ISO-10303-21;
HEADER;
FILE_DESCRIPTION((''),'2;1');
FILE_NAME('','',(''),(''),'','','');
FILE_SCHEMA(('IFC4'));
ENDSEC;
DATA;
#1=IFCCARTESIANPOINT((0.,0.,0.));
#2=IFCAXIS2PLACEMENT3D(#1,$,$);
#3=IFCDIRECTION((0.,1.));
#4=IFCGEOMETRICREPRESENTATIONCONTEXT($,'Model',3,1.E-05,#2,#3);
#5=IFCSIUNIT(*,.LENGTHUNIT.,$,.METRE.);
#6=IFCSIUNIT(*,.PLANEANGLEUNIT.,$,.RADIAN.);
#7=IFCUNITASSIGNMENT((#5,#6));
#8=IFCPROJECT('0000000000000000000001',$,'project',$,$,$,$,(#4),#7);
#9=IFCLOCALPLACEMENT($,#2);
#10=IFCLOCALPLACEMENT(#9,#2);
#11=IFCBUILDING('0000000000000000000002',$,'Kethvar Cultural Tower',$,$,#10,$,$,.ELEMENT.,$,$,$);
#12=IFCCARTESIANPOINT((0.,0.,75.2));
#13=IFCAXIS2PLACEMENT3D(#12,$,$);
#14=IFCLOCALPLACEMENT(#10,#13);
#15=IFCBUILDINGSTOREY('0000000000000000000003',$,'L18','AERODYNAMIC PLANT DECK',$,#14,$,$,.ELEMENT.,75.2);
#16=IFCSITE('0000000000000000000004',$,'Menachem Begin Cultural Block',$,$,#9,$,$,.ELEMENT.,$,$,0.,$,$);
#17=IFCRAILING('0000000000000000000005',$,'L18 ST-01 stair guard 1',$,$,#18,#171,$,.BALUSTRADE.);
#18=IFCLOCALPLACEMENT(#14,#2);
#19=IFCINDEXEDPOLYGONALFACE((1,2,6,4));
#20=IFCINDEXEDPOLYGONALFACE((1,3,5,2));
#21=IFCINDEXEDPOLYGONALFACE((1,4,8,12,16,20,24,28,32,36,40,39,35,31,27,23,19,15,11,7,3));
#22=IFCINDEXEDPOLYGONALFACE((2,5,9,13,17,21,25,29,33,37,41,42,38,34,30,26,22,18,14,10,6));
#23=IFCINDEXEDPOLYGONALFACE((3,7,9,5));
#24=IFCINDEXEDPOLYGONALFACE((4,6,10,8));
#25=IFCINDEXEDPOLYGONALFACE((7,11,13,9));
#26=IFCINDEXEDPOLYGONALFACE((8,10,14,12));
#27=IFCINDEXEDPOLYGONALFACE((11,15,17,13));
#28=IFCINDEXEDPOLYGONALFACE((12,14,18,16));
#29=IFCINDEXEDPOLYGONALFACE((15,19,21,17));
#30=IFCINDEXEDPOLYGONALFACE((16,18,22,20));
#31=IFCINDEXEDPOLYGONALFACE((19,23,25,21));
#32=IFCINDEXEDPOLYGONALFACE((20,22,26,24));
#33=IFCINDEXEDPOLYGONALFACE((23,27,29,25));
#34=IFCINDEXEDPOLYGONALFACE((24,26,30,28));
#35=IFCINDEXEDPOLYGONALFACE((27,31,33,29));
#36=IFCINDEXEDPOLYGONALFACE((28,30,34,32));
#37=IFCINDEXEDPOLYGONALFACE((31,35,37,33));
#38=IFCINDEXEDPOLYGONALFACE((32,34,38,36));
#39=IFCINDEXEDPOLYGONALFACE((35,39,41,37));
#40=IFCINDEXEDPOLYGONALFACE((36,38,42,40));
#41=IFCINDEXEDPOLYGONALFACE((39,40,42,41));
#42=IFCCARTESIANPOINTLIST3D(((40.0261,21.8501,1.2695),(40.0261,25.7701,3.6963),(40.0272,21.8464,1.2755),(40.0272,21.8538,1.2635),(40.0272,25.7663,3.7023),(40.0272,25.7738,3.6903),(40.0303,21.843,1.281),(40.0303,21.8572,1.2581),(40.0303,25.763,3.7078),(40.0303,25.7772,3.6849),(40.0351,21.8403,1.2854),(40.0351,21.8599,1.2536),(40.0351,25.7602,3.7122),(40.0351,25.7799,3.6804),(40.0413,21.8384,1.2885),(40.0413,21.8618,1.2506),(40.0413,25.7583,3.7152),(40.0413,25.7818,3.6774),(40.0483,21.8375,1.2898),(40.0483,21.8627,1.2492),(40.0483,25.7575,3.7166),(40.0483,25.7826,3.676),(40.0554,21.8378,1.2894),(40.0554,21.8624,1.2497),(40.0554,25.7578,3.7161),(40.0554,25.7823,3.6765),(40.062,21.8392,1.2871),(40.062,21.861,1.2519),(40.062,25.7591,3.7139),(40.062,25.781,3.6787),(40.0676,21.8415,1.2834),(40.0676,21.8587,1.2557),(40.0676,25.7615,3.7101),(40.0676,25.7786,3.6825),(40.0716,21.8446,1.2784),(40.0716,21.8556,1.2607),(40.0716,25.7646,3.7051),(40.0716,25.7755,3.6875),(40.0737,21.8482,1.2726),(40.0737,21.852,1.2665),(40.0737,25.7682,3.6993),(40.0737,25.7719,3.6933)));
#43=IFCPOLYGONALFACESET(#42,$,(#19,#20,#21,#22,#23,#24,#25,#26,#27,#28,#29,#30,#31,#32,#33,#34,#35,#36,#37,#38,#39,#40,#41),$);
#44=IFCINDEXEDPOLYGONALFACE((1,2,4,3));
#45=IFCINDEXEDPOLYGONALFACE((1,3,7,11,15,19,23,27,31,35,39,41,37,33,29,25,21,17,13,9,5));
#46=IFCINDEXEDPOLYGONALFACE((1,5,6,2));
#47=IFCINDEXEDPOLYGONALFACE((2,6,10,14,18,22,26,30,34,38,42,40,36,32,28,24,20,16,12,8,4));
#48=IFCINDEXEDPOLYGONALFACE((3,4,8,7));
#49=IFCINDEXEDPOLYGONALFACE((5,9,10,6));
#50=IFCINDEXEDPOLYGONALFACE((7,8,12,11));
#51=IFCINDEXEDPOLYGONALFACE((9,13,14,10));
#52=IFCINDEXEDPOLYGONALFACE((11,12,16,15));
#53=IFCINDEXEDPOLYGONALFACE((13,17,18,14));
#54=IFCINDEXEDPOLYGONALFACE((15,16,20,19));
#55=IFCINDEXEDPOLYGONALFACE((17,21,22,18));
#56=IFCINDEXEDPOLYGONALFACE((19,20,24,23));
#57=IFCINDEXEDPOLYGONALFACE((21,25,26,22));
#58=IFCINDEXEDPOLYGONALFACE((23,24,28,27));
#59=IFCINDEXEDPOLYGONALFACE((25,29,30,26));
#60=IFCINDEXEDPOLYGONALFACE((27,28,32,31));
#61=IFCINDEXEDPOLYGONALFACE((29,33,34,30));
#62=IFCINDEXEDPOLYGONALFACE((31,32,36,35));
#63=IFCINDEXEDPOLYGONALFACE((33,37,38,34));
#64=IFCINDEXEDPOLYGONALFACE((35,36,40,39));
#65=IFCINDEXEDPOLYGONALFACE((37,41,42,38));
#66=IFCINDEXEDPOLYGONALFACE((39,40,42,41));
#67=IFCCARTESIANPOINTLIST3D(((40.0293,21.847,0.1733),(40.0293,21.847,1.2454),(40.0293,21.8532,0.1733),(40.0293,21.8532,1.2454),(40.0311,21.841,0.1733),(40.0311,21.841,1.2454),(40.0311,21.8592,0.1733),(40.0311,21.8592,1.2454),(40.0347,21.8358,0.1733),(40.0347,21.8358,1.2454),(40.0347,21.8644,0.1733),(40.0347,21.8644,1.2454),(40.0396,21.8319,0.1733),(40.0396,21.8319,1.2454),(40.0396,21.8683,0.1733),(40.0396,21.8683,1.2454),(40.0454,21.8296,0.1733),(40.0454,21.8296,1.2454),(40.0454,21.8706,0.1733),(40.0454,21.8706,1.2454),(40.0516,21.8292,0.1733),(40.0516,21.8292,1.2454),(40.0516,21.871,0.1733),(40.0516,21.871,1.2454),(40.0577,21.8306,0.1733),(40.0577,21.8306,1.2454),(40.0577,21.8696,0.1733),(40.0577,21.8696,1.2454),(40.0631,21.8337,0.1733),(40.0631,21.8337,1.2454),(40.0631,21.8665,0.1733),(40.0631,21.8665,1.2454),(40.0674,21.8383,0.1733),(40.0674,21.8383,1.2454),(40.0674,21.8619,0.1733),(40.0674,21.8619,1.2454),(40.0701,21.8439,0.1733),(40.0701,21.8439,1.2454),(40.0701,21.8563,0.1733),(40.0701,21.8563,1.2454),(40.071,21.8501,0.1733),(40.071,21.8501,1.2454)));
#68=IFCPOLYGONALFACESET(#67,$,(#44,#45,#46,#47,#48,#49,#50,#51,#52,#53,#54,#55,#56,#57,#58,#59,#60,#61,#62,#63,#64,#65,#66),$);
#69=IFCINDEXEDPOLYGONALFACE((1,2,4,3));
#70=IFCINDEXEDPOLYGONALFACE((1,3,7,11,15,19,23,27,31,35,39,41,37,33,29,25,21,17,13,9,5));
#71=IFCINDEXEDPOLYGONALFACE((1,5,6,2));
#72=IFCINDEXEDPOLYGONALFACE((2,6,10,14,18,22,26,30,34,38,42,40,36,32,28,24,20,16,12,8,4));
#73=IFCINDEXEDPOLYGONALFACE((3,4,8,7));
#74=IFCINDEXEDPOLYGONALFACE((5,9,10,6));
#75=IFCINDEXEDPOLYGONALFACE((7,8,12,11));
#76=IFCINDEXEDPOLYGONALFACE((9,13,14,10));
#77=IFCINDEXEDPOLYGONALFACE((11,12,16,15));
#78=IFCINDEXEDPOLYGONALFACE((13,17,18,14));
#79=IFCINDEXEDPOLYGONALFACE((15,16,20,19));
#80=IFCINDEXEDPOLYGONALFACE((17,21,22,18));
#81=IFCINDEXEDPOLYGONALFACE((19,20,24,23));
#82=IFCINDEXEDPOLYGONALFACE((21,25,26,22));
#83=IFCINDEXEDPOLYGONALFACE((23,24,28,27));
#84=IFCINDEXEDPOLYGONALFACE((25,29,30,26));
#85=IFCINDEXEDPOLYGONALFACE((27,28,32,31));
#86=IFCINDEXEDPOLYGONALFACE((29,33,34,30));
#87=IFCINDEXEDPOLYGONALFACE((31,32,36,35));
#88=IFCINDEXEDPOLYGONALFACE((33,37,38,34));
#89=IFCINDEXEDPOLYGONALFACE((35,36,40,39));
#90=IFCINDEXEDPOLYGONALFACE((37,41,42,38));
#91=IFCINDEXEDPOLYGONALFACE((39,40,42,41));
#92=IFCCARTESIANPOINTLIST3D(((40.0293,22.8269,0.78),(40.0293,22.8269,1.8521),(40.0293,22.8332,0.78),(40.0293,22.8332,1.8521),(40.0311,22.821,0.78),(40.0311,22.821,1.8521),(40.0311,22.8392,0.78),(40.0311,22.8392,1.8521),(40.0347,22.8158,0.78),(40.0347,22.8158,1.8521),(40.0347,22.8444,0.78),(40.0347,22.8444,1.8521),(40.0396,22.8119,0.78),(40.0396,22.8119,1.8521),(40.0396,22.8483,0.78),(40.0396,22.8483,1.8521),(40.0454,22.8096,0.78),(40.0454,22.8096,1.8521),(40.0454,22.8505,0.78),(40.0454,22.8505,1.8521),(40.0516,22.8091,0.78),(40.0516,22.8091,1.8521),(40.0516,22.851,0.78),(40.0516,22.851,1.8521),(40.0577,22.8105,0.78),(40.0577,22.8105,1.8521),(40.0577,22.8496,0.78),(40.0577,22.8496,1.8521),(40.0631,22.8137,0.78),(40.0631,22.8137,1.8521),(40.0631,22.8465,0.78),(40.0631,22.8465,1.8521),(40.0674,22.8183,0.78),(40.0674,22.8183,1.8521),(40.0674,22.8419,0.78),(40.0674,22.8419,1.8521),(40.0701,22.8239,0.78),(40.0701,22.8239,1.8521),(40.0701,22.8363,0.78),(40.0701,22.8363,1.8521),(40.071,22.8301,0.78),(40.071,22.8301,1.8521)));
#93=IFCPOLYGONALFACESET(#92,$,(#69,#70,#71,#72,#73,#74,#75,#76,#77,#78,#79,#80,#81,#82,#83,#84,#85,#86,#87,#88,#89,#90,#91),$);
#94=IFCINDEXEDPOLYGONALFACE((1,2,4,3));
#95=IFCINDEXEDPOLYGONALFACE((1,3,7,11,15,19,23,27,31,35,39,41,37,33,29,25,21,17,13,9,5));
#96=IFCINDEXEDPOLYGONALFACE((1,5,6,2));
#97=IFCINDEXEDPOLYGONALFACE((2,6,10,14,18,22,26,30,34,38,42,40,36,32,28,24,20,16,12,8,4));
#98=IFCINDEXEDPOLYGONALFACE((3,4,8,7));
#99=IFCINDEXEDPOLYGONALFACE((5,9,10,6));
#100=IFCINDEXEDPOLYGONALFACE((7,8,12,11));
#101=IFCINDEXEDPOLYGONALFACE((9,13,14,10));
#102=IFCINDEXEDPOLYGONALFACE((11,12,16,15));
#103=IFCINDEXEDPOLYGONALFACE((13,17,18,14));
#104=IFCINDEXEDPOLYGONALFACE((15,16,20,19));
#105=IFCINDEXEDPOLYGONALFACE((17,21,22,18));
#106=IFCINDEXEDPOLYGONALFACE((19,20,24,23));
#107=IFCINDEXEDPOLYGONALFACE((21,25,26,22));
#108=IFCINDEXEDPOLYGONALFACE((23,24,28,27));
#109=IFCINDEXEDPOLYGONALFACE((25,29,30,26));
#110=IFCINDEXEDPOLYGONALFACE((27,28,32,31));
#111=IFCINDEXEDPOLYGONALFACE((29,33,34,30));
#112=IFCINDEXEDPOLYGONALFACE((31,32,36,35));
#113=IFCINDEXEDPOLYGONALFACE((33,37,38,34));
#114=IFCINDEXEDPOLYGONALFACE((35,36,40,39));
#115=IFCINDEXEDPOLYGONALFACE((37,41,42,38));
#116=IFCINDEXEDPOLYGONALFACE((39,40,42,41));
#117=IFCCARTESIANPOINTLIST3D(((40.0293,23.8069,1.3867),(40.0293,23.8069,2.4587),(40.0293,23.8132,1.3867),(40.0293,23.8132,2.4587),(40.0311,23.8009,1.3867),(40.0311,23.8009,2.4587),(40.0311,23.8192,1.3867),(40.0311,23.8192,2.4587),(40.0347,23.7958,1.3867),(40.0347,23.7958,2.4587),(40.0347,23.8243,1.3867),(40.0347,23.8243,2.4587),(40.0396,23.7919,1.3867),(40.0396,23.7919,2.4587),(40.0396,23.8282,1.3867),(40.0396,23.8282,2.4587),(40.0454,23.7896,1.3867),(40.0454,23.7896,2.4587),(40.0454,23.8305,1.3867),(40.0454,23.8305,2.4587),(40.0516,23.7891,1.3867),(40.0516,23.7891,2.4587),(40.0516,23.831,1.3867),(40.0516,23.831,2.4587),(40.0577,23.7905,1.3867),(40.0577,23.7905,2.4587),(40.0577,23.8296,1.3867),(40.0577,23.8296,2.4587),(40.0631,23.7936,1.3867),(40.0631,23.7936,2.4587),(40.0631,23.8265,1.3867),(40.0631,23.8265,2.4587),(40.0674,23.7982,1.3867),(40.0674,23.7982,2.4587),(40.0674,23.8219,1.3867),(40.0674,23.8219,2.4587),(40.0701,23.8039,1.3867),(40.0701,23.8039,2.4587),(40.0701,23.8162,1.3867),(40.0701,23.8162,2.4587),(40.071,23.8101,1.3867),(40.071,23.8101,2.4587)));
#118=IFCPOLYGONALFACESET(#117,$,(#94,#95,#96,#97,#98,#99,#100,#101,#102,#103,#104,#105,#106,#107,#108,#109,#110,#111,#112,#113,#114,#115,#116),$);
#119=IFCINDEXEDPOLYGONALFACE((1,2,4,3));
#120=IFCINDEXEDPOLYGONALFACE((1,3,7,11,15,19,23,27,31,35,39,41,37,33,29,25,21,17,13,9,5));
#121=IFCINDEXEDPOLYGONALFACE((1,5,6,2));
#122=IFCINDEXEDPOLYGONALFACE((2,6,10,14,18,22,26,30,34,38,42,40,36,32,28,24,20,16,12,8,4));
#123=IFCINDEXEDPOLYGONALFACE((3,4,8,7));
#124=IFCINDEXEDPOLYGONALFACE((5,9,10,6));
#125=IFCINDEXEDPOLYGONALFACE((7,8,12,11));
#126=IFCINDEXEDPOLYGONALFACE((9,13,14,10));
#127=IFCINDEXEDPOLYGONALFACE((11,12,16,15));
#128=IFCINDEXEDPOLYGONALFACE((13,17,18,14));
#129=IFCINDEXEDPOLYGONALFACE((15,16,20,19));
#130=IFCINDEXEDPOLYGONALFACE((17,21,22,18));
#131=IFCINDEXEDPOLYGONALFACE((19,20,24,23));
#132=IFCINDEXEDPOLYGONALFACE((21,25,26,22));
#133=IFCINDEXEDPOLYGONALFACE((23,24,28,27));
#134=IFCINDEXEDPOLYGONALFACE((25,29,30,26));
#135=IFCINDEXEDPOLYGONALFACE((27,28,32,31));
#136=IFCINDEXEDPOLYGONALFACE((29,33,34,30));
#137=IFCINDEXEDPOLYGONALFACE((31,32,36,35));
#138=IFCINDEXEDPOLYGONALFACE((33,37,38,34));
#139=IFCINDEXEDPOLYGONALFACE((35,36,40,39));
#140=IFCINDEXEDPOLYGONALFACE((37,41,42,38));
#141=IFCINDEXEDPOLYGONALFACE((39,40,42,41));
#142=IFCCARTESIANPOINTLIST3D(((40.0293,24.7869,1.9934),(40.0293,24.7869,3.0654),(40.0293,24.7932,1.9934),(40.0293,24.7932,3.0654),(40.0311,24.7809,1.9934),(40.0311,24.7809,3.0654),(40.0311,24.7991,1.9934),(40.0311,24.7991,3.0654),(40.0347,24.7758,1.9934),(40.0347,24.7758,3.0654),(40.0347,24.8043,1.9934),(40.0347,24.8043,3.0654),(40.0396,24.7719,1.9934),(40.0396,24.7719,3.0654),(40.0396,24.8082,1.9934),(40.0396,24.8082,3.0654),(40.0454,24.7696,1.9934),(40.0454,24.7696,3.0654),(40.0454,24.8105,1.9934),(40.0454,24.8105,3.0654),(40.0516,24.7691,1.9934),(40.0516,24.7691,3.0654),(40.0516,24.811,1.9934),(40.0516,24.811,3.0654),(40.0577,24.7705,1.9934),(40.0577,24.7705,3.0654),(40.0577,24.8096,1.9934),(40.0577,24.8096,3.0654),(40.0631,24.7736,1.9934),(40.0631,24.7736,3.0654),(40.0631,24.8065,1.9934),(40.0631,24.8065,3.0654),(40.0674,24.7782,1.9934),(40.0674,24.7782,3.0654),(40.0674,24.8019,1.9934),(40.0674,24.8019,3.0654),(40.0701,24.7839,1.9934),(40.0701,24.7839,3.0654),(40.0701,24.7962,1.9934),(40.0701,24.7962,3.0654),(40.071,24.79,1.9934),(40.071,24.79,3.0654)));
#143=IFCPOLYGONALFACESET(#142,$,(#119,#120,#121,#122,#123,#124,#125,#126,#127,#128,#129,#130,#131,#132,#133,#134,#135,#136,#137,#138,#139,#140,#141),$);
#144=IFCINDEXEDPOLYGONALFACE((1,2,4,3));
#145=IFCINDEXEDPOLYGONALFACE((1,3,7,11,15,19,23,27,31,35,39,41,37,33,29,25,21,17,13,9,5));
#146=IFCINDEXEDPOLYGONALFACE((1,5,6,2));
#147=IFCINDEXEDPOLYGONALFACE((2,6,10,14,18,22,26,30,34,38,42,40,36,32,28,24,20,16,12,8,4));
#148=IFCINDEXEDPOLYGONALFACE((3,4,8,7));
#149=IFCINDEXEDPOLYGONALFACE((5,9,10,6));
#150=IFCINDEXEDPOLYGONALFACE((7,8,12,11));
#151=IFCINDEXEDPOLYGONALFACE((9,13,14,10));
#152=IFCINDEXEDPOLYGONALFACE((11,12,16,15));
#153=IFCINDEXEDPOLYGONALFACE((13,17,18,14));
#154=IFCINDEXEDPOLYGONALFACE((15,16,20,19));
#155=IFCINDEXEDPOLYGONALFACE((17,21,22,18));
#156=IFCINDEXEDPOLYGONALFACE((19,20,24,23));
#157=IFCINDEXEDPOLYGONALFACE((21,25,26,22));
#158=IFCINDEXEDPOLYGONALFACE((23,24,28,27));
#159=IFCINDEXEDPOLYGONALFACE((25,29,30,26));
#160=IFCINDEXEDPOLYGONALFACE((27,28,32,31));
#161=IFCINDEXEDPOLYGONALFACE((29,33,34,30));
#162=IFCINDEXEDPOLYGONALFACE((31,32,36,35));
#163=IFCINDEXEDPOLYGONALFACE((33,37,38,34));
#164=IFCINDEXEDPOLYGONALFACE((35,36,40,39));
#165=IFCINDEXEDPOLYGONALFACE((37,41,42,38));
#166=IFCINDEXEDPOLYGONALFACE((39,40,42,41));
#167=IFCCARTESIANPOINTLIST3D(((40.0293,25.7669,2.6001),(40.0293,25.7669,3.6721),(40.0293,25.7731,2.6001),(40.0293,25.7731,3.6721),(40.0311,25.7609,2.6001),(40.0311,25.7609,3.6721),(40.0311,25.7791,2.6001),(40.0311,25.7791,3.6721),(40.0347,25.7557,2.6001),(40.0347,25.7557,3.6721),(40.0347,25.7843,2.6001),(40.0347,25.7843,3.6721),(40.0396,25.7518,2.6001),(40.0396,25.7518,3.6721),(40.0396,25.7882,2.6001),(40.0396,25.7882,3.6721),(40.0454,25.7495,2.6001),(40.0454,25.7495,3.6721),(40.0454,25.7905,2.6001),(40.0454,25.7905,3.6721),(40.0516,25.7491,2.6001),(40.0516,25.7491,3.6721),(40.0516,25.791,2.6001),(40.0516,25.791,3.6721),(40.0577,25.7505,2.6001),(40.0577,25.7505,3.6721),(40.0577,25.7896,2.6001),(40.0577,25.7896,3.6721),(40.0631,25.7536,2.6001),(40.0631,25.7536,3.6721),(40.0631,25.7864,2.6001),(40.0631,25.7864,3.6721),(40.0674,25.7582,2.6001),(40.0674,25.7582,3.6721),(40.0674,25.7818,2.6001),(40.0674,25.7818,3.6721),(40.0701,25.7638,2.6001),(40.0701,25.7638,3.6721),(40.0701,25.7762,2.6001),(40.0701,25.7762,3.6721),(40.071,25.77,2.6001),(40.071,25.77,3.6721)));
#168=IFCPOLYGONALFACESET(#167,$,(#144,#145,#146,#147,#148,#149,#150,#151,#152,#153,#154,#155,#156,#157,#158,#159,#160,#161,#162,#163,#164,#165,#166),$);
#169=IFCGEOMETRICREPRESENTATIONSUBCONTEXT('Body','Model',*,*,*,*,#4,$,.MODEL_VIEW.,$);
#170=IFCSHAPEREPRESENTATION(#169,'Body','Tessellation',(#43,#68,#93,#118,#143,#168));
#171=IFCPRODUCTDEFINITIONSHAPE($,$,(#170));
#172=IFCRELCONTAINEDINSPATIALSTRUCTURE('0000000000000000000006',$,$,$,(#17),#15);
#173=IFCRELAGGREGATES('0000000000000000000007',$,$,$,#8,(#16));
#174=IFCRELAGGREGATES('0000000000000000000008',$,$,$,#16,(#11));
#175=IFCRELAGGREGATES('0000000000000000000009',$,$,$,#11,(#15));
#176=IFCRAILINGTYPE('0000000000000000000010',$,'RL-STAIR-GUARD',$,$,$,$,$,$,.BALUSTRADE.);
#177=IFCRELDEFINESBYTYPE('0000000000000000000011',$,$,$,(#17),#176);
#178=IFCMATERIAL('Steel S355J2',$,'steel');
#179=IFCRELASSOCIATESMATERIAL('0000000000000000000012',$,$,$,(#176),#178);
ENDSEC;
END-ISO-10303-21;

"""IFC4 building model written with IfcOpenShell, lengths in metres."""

from ifc_helpers import new_model, si_unit, direction, frame, origin, origin_2d, place, context, subcontext, project, spatial, circle, extrude, material, type_object, element, save


model = new_model("IFC4")

# Units and contexts
model_context = context("Model", 3, precision=1e-05, world=origin(), true_north=direction((0.0, 1.0)))
body_context = subcontext(model_context, "Body", "Model", "MODEL_VIEW")
ifc_project = project(units=[si_unit("LENGTHUNIT", "METRE"), si_unit("PLANEANGLEUNIT", "RADIAN")], contexts=[model_context])

# Site, building, storey
site_placement = place(None, origin())
site = spatial("IfcSite", under=ifc_project, at=site_placement, Name="Menachem Begin Cultural Block", CompositionType="ELEMENT", RefElevation=0.0)
building_placement = place(site_placement, origin())
building = spatial("IfcBuilding", under=site, at=building_placement, Name="Kethvar Cultural Tower", CompositionType="ELEMENT")
storey_placement = place(building_placement, frame((0.0, 0.0, 75.2)))
storey = spatial("IfcBuildingStorey", under=building, at=storey_placement, Name="L18", Description="AERODYNAMIC PLANT DECK", CompositionType="ELEMENT", Elevation=75.2)

# Shared definitions
ifc_material_1 = material(Name="Steel S355J2", Category="steel")

# Railing
railing_type_1 = type_object("IfcRailingType", Name="RL-STAIR-GUARD", PredefinedType="BALUSTRADE", material=ifc_material_1)
railing_1_placement = place(storey_placement, frame((40.05, 21.8501, 0.1733)))
element("IfcRailing", 1, at=railing_1_placement, inside=storey, type_object=railing_type_1, Name="L18 ST-01 stair guard 1", PredefinedType="BALUSTRADE", context=body_context, shape_type="SweptSolid", body=[
    extrude(circle(Radius=0.0239, at=origin_2d()), frame((0.0, 0.0, 1.0962), z_axis=(0.0, 0.850252, 0.526376), x_axis=(-1.0, 0.0, 0.0)), (0.0, 0.0, 1.0), 4.6104),
    extrude(circle(Radius=0.021, at=origin_2d()), origin(), (0.0, 0.0, 1.0), 1.072),
    extrude(circle(Radius=0.021, at=origin_2d()), frame((0.0, 0.98, 0.6067)), (0.0, 0.0, 1.0), 1.072),
    extrude(circle(Radius=0.021, at=origin_2d()), frame((0.0, 1.96, 1.2134)), (0.0, 0.0, 1.0), 1.072),
    extrude(circle(Radius=0.021, at=origin_2d()), frame((0.0, 2.9399, 1.8201)), (0.0, 0.0, 1.0), 1.072),
    extrude(circle(Radius=0.021, at=origin_2d()), frame((0.0, 3.9199, 2.4268)), (0.0, 0.0, 1.0), 1.072),
])

save(model, "model.ifc")
